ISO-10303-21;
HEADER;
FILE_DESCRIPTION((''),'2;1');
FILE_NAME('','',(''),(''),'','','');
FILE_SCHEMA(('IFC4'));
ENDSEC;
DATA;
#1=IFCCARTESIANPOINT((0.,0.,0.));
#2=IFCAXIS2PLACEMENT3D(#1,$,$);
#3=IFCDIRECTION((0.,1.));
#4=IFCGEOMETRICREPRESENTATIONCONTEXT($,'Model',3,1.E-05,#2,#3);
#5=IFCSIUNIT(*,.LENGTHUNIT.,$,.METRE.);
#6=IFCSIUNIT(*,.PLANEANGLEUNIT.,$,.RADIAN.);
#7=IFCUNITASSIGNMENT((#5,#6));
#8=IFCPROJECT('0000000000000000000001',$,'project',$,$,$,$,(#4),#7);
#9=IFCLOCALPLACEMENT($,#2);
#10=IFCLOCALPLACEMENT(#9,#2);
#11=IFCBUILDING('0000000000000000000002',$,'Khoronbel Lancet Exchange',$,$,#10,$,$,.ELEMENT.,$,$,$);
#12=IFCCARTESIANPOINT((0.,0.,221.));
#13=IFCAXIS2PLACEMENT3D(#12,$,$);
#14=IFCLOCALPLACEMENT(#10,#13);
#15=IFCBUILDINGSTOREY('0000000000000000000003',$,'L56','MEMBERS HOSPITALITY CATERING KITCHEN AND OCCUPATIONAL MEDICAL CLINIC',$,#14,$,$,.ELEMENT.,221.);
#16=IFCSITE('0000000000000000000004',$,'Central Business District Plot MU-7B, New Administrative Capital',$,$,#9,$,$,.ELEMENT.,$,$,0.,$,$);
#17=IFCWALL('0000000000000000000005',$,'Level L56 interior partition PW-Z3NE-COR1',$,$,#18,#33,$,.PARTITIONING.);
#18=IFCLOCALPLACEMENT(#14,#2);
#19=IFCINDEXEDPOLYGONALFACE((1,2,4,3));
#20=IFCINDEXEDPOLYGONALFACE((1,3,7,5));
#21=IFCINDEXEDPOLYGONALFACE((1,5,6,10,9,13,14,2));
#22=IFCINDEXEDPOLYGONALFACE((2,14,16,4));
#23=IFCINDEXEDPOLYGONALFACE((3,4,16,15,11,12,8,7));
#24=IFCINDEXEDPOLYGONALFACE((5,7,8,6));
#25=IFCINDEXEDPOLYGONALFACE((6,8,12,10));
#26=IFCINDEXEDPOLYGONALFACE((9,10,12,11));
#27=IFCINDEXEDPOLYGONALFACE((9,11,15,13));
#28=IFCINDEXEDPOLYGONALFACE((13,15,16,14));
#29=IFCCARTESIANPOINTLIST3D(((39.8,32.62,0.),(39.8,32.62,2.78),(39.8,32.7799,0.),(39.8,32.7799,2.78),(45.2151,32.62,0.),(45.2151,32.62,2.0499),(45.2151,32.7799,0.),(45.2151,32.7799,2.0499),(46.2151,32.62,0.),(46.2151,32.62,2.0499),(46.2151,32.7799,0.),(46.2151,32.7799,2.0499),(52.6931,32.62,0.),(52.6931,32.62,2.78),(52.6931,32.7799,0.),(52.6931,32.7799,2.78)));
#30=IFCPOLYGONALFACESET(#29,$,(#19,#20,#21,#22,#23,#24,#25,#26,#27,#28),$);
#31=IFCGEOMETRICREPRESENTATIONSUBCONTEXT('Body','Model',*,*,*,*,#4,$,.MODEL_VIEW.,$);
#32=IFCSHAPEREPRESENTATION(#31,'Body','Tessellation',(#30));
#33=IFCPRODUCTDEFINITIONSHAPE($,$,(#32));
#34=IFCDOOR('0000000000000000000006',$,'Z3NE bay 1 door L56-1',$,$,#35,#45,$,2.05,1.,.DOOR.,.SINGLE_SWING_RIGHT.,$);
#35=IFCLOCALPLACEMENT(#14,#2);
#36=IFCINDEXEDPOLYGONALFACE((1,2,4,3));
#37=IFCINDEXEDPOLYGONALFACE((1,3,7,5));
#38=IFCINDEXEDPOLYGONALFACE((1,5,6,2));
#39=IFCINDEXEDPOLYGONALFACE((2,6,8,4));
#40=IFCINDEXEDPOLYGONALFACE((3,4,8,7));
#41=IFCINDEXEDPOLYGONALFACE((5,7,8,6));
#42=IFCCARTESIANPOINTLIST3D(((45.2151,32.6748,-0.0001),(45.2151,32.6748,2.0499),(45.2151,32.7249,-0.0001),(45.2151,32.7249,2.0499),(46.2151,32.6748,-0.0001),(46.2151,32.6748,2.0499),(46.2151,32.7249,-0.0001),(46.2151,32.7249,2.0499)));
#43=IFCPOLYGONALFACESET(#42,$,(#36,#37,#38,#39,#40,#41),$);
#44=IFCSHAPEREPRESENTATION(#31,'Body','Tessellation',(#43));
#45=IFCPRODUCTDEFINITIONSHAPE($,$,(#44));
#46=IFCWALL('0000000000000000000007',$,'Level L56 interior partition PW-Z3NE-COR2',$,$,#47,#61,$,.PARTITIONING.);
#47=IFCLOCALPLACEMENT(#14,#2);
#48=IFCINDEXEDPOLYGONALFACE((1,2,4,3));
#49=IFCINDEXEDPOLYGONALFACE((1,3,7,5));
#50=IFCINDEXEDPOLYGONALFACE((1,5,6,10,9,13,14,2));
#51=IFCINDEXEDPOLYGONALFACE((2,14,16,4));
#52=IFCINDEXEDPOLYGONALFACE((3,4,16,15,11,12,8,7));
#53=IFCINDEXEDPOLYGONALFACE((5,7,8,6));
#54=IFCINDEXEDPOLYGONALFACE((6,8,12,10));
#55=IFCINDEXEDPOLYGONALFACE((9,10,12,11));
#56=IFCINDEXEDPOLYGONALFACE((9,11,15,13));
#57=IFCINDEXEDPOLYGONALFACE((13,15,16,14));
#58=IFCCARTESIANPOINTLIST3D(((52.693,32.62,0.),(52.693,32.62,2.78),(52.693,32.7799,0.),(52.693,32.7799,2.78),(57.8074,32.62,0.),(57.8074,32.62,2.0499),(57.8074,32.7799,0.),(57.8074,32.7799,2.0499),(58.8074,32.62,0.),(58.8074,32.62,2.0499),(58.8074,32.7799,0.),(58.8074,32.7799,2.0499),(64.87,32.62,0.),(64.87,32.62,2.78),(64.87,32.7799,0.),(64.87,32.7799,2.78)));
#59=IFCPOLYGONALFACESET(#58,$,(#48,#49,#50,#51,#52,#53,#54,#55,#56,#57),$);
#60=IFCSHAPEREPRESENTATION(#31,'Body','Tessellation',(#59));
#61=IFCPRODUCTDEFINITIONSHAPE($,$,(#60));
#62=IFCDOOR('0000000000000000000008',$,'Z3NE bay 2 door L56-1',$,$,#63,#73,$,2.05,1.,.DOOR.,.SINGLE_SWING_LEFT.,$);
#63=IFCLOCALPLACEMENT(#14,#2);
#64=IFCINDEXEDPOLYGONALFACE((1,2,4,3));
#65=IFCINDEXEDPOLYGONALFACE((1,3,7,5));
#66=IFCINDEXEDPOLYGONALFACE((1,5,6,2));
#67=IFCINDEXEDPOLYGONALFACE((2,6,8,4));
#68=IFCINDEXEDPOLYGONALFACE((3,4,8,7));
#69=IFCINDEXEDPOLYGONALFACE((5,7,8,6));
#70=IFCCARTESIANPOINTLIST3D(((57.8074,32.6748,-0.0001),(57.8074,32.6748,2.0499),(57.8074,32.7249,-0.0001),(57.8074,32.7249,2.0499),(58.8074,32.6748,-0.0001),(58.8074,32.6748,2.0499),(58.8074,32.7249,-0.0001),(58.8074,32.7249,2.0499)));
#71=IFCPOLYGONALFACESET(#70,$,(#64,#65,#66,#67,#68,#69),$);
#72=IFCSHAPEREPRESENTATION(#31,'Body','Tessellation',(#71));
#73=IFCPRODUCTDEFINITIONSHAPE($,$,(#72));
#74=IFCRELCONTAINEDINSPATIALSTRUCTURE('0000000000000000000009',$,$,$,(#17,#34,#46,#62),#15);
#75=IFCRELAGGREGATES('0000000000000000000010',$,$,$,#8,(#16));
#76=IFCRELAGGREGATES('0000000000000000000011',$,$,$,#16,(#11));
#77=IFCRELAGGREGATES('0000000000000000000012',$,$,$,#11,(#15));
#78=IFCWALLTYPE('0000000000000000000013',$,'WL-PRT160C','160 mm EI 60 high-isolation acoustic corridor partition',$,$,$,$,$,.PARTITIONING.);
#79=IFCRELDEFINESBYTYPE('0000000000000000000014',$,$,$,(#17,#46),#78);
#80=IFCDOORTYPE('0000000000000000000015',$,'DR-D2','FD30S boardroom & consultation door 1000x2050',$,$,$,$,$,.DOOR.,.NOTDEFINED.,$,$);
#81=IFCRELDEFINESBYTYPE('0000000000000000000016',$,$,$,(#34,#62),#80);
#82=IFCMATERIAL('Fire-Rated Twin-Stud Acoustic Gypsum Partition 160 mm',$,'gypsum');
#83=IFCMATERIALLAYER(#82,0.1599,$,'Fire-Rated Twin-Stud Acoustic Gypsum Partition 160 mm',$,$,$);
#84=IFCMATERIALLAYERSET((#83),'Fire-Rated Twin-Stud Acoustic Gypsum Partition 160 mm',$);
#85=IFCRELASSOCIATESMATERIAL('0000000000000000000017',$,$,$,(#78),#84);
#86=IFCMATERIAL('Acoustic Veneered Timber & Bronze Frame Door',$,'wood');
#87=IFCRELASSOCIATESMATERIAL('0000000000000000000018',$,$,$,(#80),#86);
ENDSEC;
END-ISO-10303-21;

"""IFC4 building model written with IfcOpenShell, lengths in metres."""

from ifc_helpers import new_model, si_unit, direction, frame, frame_2d, origin, place, context, subcontext, project, spatial, rectangle, extrude, material, layer, layer_set, type_object, element, fill, save


model = new_model("IFC4")

# Units and contexts
model_context = context("Model", 3, precision=1e-05, world=origin(), true_north=direction((0.0, 1.0)))
body_context = subcontext(model_context, "Body", "Model", "MODEL_VIEW")
ifc_project = project(units=[si_unit("LENGTHUNIT", "METRE"), si_unit("PLANEANGLEUNIT", "RADIAN")], contexts=[model_context])

# Site, building, storey
site_placement = place(None, origin())
site = spatial("IfcSite", under=ifc_project, at=site_placement, Name="Central Business District Plot MU-7B, New Administrative Capital", CompositionType="ELEMENT", RefElevation=0.0)
building_placement = place(site_placement, origin())
building = spatial("IfcBuilding", under=site, at=building_placement, Name="Khoronbel Lancet Exchange", CompositionType="ELEMENT")
storey_placement = place(building_placement, frame((0.0, 0.0, 221.0)))
storey = spatial("IfcBuildingStorey", under=building, at=storey_placement, Name="L56", Description="MEMBERS HOSPITALITY CATERING KITCHEN AND OCCUPATIONAL MEDICAL CLINIC", CompositionType="ELEMENT", Elevation=221.0)

# Walls, openings, doors
ifc_material_1 = material(Name="Fire-Rated Twin-Stud Acoustic Gypsum Partition 160 mm", Category="gypsum")
ifc_layer_1 = layer(ifc_material_1, 0.1599, Name="Fire-Rated Twin-Stud Acoustic Gypsum Partition 160 mm")
ifc_layer_set_1 = layer_set([ifc_layer_1], Name="Fire-Rated Twin-Stud Acoustic Gypsum Partition 160 mm")
wall_type_1 = type_object("IfcWallType", Name="WL-PRT160C", Description="160 mm EI 60 high-isolation acoustic corridor partition", PredefinedType="PARTITIONING", material=ifc_layer_set_1)
ifc_material_2 = material(Name="Acoustic Veneered Timber & Bronze Frame Door", Category="wood")
door_type_1 = type_object("IfcDoorType", Name="DR-D2", Description="FD30S boardroom & consultation door 1000x2050", OperationType="NOTDEFINED", PredefinedType="DOOR", material=ifc_material_2)
wall_1_placement = place(storey_placement, frame((39.8, 32.7, 0.0), z_axis=(0.0, 0.0, 1.0), x_axis=(1.0, 0.0, 0.0)))
wall_1 = element("IfcWall", 1, at=wall_1_placement, inside=storey, type_object=wall_type_1, Name="Level L56 interior partition PW-Z3NE-COR1", PredefinedType="PARTITIONING", context=body_context, shape_type="SweptSolid", body=[
    extrude(rectangle(XDim=12.8931, YDim=0.1599, at=frame_2d((6.4465, 0.0))), origin(), (0.0, 0.0, 1.0), 2.78),
])
opening_1_placement = place(wall_1_placement, frame((5.415, 0.0, 0.0)))
opening_1 = element("IfcOpeningElement", 2, at=opening_1_placement, cuts=wall_1, PredefinedType="OPENING", context=body_context, shape_type="SweptSolid", body=[
    extrude(rectangle(XDim=1.0, YDim=2.05, at=frame_2d((0.5, 1.0249))), frame((0.0, 0.0898, 0.0), z_axis=(0.0, -1.0, 0.0), x_axis=(1.0, 0.0, 0.0)), (0.0, 0.0, 1.0), 0.1799),
])
door_1_placement = place(opening_1_placement, origin())
door_1 = element("IfcDoor", 3, at=door_1_placement, inside=storey, type_object=door_type_1, Name="Z3NE bay 1 door L56-1", OperationType="SINGLE_SWING_RIGHT", OverallHeight=2.05, OverallWidth=1.0, PredefinedType="DOOR", context=body_context, shape_type="SweptSolid", body=[
    extrude(rectangle(XDim=1.0, YDim=2.05, at=frame_2d((0.5, 1.0249))), frame((0.0, 0.0249, 0.0), z_axis=(0.0, -1.0, 0.0), x_axis=(1.0, 0.0, 0.0)), (0.0, 0.0, 1.0), 0.05),
])
fill(opening_1, door_1)
wall_2_placement = place(storey_placement, frame((52.6931, 32.7, 0.0), z_axis=(0.0, 0.0, 1.0), x_axis=(1.0, 0.0, 0.0)))
wall_2 = element("IfcWall", 4, at=wall_2_placement, inside=storey, type_object=wall_type_1, Name="Level L56 interior partition PW-Z3NE-COR2", PredefinedType="PARTITIONING", context=body_context, shape_type="SweptSolid", body=[
    extrude(rectangle(XDim=12.177, YDim=0.1599, at=frame_2d((6.0884, 0.0))), origin(), (0.0, 0.0, 1.0), 2.78),
])
opening_2_placement = place(wall_2_placement, frame((5.1143, 0.0, 0.0)))
opening_2 = element("IfcOpeningElement", 5, at=opening_2_placement, cuts=wall_2, PredefinedType="OPENING", context=body_context, shape_type="SweptSolid", body=[
    extrude(rectangle(XDim=1.0, YDim=2.05, at=frame_2d((0.5, 1.0249))), frame((0.0, 0.0898, 0.0), z_axis=(0.0, -1.0, 0.0), x_axis=(1.0, 0.0, 0.0)), (0.0, 0.0, 1.0), 0.1799),
])
door_2_placement = place(opening_2_placement, origin())
door_2 = element("IfcDoor", 6, at=door_2_placement, inside=storey, type_object=door_type_1, Name="Z3NE bay 2 door L56-1", OperationType="SINGLE_SWING_LEFT", OverallHeight=2.05, OverallWidth=1.0, PredefinedType="DOOR", context=body_context, shape_type="SweptSolid", body=[
    extrude(rectangle(XDim=1.0, YDim=2.05, at=frame_2d((0.5, 1.0249))), frame((0.0, 0.0249, 0.0), z_axis=(0.0, -1.0, 0.0), x_axis=(1.0, 0.0, 0.0)), (0.0, 0.0, 1.0), 0.05),
])
fill(opening_2, door_2)

save(model, "model.ifc")
